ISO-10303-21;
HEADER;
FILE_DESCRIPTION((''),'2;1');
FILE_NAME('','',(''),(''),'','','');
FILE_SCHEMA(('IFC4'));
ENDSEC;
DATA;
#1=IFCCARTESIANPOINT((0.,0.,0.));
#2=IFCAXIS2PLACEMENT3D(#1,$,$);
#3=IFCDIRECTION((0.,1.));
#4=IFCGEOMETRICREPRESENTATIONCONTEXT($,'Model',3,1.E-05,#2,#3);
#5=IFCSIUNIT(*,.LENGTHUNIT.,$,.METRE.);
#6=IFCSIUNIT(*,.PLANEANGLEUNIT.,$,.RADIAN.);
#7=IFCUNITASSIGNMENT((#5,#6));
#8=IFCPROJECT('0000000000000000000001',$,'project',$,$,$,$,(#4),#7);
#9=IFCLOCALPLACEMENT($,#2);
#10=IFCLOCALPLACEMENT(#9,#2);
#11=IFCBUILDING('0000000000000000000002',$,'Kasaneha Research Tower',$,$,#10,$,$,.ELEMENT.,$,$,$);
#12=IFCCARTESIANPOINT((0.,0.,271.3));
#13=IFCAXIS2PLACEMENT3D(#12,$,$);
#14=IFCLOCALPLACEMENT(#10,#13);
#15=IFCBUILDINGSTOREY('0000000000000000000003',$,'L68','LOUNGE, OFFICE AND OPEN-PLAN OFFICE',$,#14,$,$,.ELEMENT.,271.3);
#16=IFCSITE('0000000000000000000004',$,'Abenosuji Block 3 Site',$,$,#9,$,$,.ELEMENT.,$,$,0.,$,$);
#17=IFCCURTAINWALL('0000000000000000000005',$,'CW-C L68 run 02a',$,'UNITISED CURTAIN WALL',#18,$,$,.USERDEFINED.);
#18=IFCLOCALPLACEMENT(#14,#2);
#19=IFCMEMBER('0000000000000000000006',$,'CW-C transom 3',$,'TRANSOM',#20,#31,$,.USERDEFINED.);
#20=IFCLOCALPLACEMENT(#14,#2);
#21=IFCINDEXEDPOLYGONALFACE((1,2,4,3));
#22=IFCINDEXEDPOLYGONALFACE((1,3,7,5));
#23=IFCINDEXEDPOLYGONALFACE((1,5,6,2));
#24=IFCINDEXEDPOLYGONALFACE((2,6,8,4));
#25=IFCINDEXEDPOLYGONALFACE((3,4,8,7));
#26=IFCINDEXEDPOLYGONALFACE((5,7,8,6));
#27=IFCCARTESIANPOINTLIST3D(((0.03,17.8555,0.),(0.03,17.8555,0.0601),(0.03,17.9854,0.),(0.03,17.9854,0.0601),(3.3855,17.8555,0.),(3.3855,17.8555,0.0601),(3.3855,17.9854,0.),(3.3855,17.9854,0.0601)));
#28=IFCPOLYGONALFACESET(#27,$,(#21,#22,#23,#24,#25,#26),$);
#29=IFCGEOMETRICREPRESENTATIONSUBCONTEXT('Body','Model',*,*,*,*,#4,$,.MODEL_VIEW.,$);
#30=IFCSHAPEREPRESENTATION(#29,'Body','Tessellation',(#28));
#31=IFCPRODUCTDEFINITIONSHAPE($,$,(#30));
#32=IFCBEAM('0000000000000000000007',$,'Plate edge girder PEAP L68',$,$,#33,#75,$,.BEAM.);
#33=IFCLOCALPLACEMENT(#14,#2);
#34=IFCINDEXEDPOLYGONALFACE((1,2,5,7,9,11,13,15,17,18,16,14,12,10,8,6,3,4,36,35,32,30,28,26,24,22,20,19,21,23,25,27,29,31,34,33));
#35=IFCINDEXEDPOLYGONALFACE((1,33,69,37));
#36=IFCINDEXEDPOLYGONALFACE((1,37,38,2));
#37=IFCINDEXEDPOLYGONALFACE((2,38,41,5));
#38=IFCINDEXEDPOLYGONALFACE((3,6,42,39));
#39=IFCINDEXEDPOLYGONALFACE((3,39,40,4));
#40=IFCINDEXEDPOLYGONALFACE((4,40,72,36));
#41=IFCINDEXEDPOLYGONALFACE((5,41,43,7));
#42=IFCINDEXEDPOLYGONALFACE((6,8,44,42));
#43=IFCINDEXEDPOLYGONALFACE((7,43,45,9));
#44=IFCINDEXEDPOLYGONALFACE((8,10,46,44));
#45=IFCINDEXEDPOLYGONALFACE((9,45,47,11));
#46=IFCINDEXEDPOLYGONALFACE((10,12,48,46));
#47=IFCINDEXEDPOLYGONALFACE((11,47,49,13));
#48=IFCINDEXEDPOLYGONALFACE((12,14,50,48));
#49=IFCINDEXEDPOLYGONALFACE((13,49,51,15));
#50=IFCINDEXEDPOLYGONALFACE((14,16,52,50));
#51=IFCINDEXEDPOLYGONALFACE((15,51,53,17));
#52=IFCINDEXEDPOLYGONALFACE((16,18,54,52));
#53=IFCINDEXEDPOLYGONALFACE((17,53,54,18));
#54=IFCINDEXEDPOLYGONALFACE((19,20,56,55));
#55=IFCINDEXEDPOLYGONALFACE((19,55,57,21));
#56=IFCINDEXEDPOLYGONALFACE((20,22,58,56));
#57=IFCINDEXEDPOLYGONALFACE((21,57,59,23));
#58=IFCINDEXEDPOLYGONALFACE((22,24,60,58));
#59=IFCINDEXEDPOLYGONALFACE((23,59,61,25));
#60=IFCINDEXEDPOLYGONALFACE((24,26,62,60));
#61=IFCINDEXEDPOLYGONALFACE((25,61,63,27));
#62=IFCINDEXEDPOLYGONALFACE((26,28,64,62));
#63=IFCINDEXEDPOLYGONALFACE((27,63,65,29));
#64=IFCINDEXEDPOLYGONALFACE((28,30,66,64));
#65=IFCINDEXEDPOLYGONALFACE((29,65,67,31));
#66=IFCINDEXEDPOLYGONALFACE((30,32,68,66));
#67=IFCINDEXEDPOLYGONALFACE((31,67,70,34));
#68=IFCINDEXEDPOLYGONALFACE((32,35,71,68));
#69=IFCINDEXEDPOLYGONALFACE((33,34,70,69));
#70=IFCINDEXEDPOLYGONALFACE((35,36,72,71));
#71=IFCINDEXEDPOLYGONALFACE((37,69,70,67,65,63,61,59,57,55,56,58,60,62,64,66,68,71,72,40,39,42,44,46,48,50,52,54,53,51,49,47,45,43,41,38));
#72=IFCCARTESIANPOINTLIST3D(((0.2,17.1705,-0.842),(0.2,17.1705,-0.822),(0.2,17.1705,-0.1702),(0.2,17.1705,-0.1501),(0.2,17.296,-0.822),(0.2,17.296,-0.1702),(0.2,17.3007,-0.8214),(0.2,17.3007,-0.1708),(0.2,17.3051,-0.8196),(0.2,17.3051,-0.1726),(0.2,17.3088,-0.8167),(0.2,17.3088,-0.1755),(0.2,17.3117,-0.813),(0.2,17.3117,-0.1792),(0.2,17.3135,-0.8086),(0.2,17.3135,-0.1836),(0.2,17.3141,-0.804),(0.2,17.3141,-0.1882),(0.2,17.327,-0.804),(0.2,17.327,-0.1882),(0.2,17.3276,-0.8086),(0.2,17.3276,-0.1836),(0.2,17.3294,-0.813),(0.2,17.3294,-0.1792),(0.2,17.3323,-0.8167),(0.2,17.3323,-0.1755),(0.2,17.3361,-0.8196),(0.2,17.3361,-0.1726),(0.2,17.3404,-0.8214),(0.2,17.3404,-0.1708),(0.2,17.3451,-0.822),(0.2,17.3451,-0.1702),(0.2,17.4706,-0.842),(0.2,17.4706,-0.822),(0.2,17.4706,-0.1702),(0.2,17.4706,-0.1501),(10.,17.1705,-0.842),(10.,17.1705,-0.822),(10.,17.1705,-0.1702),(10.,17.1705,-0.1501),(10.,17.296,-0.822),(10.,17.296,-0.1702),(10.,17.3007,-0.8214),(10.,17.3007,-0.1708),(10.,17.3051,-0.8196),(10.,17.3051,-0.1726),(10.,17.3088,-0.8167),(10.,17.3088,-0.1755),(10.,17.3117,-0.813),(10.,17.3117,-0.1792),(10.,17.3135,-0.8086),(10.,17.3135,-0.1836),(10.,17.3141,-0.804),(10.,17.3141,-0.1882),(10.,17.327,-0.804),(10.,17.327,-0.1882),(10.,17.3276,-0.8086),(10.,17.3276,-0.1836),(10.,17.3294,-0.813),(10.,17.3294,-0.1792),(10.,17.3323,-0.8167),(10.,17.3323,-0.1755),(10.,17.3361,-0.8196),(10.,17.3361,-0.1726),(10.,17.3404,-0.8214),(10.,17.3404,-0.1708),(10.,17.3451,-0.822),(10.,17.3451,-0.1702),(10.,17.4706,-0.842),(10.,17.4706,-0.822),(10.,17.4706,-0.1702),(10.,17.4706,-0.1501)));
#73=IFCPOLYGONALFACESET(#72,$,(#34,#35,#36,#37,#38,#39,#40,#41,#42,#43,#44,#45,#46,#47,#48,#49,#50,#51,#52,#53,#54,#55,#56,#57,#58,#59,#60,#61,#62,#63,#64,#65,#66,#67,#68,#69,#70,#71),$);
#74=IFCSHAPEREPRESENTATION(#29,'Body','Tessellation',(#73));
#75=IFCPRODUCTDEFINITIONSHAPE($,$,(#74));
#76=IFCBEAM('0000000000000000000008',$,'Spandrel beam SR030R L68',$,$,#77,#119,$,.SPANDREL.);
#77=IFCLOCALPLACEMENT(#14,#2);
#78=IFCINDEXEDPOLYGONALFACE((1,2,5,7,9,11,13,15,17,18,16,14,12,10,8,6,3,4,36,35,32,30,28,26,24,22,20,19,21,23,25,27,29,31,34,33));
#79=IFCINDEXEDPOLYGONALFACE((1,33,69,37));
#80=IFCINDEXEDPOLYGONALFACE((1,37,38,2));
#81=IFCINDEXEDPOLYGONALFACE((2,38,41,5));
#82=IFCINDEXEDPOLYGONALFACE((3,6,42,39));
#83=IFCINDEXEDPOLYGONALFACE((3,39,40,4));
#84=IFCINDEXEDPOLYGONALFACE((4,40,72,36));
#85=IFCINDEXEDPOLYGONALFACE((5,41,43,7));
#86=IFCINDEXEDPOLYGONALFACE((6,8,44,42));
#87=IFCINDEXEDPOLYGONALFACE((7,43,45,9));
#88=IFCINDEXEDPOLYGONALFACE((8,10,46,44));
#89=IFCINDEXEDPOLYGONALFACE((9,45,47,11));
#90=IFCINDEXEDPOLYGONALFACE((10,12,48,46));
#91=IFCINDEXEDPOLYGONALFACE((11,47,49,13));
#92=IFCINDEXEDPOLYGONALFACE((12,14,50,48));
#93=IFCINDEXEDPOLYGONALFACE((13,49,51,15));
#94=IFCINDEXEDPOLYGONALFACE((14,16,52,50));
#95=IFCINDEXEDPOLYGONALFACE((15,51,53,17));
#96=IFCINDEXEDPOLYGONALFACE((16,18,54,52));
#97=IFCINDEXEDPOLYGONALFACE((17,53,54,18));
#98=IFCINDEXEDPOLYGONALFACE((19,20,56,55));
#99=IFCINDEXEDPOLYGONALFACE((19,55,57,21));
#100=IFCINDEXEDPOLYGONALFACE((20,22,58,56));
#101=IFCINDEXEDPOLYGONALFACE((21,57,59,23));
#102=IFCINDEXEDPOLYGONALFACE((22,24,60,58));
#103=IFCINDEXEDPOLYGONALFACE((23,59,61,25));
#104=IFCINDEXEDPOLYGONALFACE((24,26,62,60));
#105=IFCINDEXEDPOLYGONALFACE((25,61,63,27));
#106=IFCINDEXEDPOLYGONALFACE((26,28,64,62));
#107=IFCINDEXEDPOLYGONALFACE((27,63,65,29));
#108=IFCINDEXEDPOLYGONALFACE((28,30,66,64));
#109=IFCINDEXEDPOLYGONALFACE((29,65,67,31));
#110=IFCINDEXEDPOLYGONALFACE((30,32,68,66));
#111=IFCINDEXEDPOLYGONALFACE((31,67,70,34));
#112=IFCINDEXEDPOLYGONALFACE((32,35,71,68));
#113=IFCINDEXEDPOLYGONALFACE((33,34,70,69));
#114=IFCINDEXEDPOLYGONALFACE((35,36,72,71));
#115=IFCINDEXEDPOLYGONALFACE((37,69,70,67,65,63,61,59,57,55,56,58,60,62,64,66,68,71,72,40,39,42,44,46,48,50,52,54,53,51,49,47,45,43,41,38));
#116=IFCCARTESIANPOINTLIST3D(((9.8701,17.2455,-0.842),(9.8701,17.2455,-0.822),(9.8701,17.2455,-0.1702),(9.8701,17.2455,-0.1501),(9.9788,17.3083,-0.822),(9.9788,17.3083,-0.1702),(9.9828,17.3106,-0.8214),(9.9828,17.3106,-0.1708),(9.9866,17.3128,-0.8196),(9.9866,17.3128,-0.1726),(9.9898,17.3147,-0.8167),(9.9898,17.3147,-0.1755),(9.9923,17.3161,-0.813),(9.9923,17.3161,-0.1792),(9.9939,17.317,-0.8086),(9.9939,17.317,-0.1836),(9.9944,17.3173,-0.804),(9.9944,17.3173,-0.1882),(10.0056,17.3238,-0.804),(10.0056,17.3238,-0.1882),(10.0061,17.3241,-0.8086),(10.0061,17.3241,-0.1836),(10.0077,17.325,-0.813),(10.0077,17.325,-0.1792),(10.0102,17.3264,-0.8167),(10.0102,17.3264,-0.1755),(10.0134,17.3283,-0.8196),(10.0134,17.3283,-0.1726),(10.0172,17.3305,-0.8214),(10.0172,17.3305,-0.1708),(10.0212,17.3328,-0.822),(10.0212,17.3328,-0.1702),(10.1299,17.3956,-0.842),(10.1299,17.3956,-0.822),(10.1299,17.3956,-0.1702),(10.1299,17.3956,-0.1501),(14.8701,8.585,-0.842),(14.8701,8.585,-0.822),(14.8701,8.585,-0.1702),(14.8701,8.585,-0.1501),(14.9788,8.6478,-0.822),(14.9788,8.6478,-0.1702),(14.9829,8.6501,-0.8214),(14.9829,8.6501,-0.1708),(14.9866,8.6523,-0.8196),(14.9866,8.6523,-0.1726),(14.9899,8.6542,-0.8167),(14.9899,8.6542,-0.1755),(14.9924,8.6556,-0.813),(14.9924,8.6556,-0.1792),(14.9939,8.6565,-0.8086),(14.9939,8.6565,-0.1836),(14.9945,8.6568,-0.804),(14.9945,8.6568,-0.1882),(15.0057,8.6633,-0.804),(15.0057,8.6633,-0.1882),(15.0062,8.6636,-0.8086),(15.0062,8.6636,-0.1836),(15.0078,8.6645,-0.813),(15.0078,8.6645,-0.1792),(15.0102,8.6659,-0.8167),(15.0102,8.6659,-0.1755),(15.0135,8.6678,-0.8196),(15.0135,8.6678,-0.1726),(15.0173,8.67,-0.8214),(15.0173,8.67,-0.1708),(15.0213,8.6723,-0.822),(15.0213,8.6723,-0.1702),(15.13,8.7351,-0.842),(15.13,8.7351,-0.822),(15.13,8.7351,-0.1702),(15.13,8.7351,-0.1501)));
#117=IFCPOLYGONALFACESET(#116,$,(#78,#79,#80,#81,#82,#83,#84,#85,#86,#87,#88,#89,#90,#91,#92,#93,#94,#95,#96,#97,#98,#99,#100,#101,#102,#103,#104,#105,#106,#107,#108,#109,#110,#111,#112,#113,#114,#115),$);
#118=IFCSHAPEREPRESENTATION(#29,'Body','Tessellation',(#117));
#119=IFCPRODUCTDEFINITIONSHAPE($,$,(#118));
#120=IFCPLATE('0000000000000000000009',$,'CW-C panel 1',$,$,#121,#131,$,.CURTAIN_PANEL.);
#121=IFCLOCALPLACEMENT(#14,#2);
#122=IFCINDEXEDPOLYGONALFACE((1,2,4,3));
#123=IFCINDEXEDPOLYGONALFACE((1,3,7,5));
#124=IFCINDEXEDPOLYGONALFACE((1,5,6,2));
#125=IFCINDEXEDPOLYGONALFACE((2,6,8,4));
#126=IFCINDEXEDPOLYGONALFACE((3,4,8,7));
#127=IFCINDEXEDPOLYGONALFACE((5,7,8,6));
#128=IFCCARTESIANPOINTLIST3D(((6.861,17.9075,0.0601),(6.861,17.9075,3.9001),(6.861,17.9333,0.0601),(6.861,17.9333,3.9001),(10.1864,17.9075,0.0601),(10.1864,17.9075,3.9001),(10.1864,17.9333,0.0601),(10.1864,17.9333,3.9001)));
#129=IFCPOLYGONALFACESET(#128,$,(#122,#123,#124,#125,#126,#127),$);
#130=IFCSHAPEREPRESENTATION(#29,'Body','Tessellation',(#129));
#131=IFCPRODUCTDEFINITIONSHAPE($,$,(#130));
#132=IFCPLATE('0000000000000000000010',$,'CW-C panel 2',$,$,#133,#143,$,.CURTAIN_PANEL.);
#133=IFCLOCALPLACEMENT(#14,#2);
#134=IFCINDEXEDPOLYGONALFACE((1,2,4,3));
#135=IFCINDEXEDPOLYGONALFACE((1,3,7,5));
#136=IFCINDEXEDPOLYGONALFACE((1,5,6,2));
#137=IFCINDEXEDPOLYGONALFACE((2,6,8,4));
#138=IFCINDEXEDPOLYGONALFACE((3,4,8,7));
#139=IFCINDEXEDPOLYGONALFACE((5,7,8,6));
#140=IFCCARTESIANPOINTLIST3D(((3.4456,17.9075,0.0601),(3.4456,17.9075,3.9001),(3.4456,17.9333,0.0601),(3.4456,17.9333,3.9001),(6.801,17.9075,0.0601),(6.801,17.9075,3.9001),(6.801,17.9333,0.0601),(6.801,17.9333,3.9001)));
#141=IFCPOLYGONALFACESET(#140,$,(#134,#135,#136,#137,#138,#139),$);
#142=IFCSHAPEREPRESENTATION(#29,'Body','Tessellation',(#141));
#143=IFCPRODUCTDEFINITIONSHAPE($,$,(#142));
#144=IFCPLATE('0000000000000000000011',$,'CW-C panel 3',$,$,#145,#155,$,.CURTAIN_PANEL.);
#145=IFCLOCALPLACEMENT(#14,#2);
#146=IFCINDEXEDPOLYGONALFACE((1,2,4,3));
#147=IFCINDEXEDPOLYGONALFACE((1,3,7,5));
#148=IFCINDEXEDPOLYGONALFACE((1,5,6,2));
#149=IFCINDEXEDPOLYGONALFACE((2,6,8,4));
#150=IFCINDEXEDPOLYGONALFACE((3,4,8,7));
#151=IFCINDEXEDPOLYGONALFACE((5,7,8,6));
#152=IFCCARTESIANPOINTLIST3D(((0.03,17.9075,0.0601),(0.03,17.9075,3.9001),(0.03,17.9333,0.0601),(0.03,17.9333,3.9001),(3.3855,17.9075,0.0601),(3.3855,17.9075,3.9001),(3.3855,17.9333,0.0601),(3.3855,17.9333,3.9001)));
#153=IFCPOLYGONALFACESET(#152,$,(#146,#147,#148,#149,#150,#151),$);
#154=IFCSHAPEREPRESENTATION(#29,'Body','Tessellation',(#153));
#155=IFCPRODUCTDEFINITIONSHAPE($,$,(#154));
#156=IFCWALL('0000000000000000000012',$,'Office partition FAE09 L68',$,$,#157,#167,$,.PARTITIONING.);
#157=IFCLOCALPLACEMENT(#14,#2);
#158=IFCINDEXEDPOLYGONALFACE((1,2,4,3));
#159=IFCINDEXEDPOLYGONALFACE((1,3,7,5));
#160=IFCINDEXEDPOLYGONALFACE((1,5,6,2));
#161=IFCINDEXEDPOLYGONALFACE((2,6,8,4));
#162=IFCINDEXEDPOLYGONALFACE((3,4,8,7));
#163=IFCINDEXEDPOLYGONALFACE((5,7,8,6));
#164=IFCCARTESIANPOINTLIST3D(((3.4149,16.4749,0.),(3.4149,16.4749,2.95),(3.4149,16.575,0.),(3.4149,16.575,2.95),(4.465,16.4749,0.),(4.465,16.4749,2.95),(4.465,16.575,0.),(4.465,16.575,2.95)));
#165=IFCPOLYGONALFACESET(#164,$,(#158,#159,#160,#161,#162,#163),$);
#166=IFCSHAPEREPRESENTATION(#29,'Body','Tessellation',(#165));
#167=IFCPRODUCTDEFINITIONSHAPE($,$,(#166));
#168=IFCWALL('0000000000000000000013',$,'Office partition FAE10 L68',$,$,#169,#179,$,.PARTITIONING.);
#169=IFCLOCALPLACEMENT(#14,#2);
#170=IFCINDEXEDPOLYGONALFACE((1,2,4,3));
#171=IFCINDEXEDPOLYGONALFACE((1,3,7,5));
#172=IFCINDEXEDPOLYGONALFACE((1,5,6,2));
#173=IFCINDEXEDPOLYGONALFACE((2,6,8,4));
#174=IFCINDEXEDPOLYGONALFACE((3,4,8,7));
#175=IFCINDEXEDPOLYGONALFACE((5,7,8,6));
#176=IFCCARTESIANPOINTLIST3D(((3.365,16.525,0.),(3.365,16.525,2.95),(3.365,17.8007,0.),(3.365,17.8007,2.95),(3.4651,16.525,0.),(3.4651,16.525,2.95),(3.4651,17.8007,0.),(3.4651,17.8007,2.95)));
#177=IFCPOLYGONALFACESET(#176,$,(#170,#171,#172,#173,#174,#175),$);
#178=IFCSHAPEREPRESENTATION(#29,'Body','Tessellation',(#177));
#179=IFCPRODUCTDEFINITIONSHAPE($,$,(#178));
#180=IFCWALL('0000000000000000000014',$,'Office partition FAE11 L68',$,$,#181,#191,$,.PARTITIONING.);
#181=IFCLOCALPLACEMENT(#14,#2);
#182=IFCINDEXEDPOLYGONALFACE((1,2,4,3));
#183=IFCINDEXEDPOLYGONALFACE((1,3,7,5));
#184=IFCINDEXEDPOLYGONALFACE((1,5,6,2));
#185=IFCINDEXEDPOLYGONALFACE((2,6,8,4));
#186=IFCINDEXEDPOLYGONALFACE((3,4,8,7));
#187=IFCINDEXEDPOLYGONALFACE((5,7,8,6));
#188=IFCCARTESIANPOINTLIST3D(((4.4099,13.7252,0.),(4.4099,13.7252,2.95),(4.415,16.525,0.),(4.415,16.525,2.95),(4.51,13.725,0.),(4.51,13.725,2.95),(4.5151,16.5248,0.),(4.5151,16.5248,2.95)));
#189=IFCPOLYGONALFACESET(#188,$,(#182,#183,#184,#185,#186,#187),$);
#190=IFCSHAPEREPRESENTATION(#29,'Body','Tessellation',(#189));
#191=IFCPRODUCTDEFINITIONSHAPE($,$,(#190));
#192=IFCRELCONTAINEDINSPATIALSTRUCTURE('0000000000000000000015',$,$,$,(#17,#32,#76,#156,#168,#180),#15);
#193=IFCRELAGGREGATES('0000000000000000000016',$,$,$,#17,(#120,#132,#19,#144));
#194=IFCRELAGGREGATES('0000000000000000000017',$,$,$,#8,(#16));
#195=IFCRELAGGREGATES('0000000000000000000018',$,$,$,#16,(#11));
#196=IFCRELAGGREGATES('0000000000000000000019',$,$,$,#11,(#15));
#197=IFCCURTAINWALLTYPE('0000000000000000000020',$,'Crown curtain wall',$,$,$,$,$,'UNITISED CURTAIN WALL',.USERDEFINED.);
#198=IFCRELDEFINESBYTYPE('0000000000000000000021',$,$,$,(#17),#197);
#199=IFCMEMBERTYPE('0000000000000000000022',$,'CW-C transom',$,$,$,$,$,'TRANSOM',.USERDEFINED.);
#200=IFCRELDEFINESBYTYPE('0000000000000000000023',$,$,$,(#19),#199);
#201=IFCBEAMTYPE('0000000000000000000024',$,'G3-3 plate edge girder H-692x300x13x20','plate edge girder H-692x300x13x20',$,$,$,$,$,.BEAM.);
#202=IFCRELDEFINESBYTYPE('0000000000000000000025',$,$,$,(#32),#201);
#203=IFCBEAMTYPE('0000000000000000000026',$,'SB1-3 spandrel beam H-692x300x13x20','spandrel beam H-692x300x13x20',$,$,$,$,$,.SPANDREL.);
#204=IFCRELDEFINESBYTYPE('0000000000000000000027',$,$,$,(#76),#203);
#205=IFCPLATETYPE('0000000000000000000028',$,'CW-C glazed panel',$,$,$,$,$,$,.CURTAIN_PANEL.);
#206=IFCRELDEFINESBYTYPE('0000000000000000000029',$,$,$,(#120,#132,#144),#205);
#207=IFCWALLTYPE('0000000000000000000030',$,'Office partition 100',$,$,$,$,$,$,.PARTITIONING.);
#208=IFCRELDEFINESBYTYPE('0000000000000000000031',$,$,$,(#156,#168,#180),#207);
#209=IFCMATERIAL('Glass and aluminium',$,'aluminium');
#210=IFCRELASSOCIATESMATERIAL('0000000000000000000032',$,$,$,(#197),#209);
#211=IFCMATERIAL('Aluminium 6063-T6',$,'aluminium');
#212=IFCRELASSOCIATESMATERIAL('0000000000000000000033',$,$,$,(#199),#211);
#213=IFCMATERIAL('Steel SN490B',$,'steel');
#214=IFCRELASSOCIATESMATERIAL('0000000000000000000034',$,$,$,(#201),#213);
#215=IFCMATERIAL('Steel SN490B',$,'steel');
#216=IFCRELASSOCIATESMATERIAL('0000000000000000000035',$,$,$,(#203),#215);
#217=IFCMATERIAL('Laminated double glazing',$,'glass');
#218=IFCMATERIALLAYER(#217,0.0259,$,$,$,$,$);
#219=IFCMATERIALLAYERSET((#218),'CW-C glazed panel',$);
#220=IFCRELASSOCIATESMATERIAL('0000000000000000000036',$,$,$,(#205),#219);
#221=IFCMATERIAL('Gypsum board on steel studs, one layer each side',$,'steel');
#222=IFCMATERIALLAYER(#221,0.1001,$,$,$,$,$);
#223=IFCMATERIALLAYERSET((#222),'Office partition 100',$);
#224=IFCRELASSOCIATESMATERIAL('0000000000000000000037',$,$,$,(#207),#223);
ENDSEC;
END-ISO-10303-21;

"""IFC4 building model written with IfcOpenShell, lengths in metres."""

from ifc_helpers import new_model, si_unit, direction, frame, frame_2d, origin, origin_2d, place, context, subcontext, project, spatial, rectangle, i_section, extrude, material, layer, layer_set, material_profile, profile_set, type_object, element, aggregate, save


model = new_model("IFC4")

# Units and contexts
model_context = context("Model", 3, precision=1e-05, world=origin(), true_north=direction((0.0, 1.0)))
body_context = subcontext(model_context, "Body", "Model", "MODEL_VIEW")
ifc_project = project(units=[si_unit("LENGTHUNIT", "METRE"), si_unit("PLANEANGLEUNIT", "RADIAN")], contexts=[model_context])

# Site, building, storey
site_placement = place(None, origin())
site = spatial("IfcSite", under=ifc_project, at=site_placement, Name="Abenosuji Block 3 Site", CompositionType="ELEMENT", RefElevation=0.0)
building_placement = place(site_placement, origin())
building = spatial("IfcBuilding", under=site, at=building_placement, Name="Kasaneha Research Tower", CompositionType="ELEMENT")
storey_placement = place(building_placement, frame((0.0, 0.0, 271.3)))
storey = spatial("IfcBuildingStorey", under=building, at=storey_placement, Name="L68", Description="LOUNGE, OFFICE AND OPEN-PLAN OFFICE", CompositionType="ELEMENT", Elevation=271.3)

# Curtain wall, member
ifc_material_1 = material(Name="Glass and aluminium", Category="aluminium")
curtain_wall_type = type_object("IfcCurtainWallType", Name="Crown curtain wall", ElementType="UNITISED CURTAIN WALL", PredefinedType="USERDEFINED", material=ifc_material_1)
curtain_wall_placement = place(storey_placement, origin())
curtain_wall = element("IfcCurtainWall", 1, at=curtain_wall_placement, inside=storey, type_object=curtain_wall_type, Name="CW-C L68 run 02a", ObjectType="UNITISED CURTAIN WALL", PredefinedType="USERDEFINED")
ifc_material_2 = material(Name="Aluminium 6063-T6", Category="aluminium")
ifc_material_profile_1 = material_profile(ifc_material_2, rectangle(XDim=0.1299, YDim=0.0601, at=origin_2d()), Name="CW-C transom 130x60")
ifc_profile_set_1 = profile_set([ifc_material_profile_1], Name="Aluminium 6063-T6")
member_type_1 = type_object("IfcMemberType", Name="CW-C transom", ElementType="TRANSOM", PredefinedType="USERDEFINED", material=ifc_profile_set_1)
member_1_placement = place(storey_placement, frame((3.3855, 17.9204, 0.03), z_axis=(-1.0, 0.0, 0.0), x_axis=(0.0, -1.0, 0.0)))
member_1 = element("IfcMember", 2, at=member_1_placement, type_object=member_type_1, Name="CW-C transom 3", ObjectType="TRANSOM", PredefinedType="USERDEFINED", context=body_context, shape_type="SweptSolid", body=[
    extrude(rectangle(XDim=0.1299, YDim=0.0601, at=origin_2d()), origin(), (0.0, 0.0, 1.0), 3.3555),
])

# Beams
ifc_material_3 = material(Name="Steel SN490B", Category="steel")
ifc_material_profile_2 = material_profile(ifc_material_3, i_section(OverallWidth=0.3, OverallDepth=0.6919, WebThickness=0.0129, FlangeThickness=0.02, FilletRadius=0.0181, at=origin_2d()), Name="H-692x300x13x20")
ifc_profile_set_2 = profile_set([ifc_material_profile_2], Name="Steel SN490B")
beam_type_1 = type_object("IfcBeamType", Name="G3-3 plate edge girder H-692x300x13x20", Description="plate edge girder H-692x300x13x20", PredefinedType="BEAM", material=ifc_profile_set_2)
beam_1_placement = place(storey_placement, frame((10.0, 17.3206, -0.4961), z_axis=(-1.0, 0.0, 0.0), x_axis=(0.0, -1.0, 0.0)))
element("IfcBeam", 3, at=beam_1_placement, inside=storey, type_object=beam_type_1, Name="Plate edge girder PEAP L68", PredefinedType="BEAM", context=body_context, shape_type="SweptSolid", body=[
    extrude(i_section(OverallWidth=0.3, OverallDepth=0.6919, WebThickness=0.0129, FlangeThickness=0.02, FilletRadius=0.0181, at=origin_2d()), origin(), (0.0, 0.0, 1.0), 9.8),
])
ifc_material_4 = material(Name="Steel SN490B", Category="steel")
ifc_material_profile_3 = material_profile(ifc_material_4, i_section(OverallWidth=0.3, OverallDepth=0.6919, WebThickness=0.0129, FlangeThickness=0.02, FilletRadius=0.0181, at=origin_2d()), Name="H-692x300x13x20")
ifc_profile_set_3 = profile_set([ifc_material_profile_3], Name="Steel SN490B")
beam_type_2 = type_object("IfcBeamType", Name="SB1-3 spandrel beam H-692x300x13x20", Description="spandrel beam H-692x300x13x20", PredefinedType="SPANDREL", material=ifc_profile_set_3)
beam_2_placement = place(storey_placement, frame((10.0, 17.3206, -0.4961), z_axis=(0.499994, -0.866029, 0.0), x_axis=(0.866029, 0.499994, 0.0)))
element("IfcBeam", 4, at=beam_2_placement, inside=storey, type_object=beam_type_2, Name="Spandrel beam SR030R L68", PredefinedType="SPANDREL", context=body_context, shape_type="SweptSolid", body=[
    extrude(i_section(OverallWidth=0.3, OverallDepth=0.6919, WebThickness=0.0129, FlangeThickness=0.02, FilletRadius=0.0181, at=origin_2d()), origin(), (0.0, 0.0, 1.0), 10.0002),
])

# Plates
ifc_material_5 = material(Name="Laminated double glazing", Category="glass")
ifc_layer_1 = layer(ifc_material_5, 0.0259)
ifc_layer_set_1 = layer_set([ifc_layer_1], Name="CW-C glazed panel")
plate_type = type_object("IfcPlateType", Name="CW-C glazed panel", PredefinedType="CURTAIN_PANEL", material=ifc_layer_set_1)
plate_1_placement = place(storey_placement, frame((8.5237, 17.9204, 0.0601), z_axis=(0.0, 0.0, 1.0), x_axis=(-1.0, 0.0, 0.0)))
plate_1 = element("IfcPlate", 5, at=plate_1_placement, type_object=plate_type, Name="CW-C panel 1", PredefinedType="CURTAIN_PANEL", context=body_context, shape_type="SweptSolid", body=[
    extrude(rectangle(XDim=3.3254, YDim=0.0259, at=origin_2d()), origin(), (0.0, 0.0, 1.0), 3.8401),
])
plate_2_placement = place(storey_placement, frame((5.1233, 17.9204, 0.0601), z_axis=(0.0, 0.0, 1.0), x_axis=(-1.0, 0.0, 0.0)))
plate_2 = element("IfcPlate", 6, at=plate_2_placement, type_object=plate_type, Name="CW-C panel 2", PredefinedType="CURTAIN_PANEL", context=body_context, shape_type="SweptSolid", body=[
    extrude(rectangle(XDim=3.3555, YDim=0.0259, at=origin_2d()), origin(), (0.0, 0.0, 1.0), 3.8401),
])
plate_3_placement = place(storey_placement, frame((1.7078, 17.9204, 0.0601), z_axis=(0.0, 0.0, 1.0), x_axis=(-1.0, 0.0, 0.0)))
plate_3 = element("IfcPlate", 7, at=plate_3_placement, type_object=plate_type, Name="CW-C panel 3", PredefinedType="CURTAIN_PANEL", context=body_context, shape_type="SweptSolid", body=[
    extrude(rectangle(XDim=3.3555, YDim=0.0259, at=origin_2d()), origin(), (0.0, 0.0, 1.0), 3.8401),
])
aggregate(curtain_wall, [plate_1, plate_2, member_1, plate_3])

# Walls
ifc_material_6 = material(Name="Gypsum board on steel studs, one layer each side", Category="steel")
ifc_layer_2 = layer(ifc_material_6, 0.1001)
ifc_layer_set_2 = layer_set([ifc_layer_2], Name="Office partition 100")
wall_type_1 = type_object("IfcWallType", Name="Office partition 100", PredefinedType="PARTITIONING", material=ifc_layer_set_2)
wall_1_placement = place(storey_placement, frame((3.415, 16.5249, 0.0), z_axis=(0.0, 0.0, 1.0), x_axis=(1.0, 0.0, 0.0)))
element("IfcWall", 8, at=wall_1_placement, inside=storey, type_object=wall_type_1, Name="Office partition FAE09 L68", PredefinedType="PARTITIONING", context=body_context, shape_type="SweptSolid", body=[
    extrude(rectangle(XDim=1.05, YDim=0.1001, at=frame_2d((0.5249, 0.0))), origin(), (0.0, 0.0, 1.0), 2.95),
])
wall_2_placement = place(storey_placement, frame((3.415, 17.8005, 0.0), z_axis=(0.0, 0.0, 1.0), x_axis=(0.0, -1.0, 0.0)))
element("IfcWall", 9, at=wall_2_placement, inside=storey, type_object=wall_type_1, Name="Office partition FAE10 L68", PredefinedType="PARTITIONING", context=body_context, shape_type="SweptSolid", body=[
    extrude(rectangle(XDim=1.2756, YDim=0.1001, at=frame_2d((0.6377, 0.0))), origin(), (0.0, 0.0, 1.0), 2.95),
])
wall_3_placement = place(storey_placement, frame((4.4651, 16.5249, 0.0), z_axis=(0.0, 0.0, 1.0), x_axis=(-0.001831, -0.999998, 0.0)))
element("IfcWall", 10, at=wall_3_placement, inside=storey, type_object=wall_type_1, Name="Office partition FAE11 L68", PredefinedType="PARTITIONING", context=body_context, shape_type="SweptSolid", body=[
    extrude(rectangle(XDim=2.7998, YDim=0.1001, at=frame_2d((1.3999, 0.0))), origin(), (0.0, 0.0, 1.0), 2.95),
])

save(model, "model.ifc")
